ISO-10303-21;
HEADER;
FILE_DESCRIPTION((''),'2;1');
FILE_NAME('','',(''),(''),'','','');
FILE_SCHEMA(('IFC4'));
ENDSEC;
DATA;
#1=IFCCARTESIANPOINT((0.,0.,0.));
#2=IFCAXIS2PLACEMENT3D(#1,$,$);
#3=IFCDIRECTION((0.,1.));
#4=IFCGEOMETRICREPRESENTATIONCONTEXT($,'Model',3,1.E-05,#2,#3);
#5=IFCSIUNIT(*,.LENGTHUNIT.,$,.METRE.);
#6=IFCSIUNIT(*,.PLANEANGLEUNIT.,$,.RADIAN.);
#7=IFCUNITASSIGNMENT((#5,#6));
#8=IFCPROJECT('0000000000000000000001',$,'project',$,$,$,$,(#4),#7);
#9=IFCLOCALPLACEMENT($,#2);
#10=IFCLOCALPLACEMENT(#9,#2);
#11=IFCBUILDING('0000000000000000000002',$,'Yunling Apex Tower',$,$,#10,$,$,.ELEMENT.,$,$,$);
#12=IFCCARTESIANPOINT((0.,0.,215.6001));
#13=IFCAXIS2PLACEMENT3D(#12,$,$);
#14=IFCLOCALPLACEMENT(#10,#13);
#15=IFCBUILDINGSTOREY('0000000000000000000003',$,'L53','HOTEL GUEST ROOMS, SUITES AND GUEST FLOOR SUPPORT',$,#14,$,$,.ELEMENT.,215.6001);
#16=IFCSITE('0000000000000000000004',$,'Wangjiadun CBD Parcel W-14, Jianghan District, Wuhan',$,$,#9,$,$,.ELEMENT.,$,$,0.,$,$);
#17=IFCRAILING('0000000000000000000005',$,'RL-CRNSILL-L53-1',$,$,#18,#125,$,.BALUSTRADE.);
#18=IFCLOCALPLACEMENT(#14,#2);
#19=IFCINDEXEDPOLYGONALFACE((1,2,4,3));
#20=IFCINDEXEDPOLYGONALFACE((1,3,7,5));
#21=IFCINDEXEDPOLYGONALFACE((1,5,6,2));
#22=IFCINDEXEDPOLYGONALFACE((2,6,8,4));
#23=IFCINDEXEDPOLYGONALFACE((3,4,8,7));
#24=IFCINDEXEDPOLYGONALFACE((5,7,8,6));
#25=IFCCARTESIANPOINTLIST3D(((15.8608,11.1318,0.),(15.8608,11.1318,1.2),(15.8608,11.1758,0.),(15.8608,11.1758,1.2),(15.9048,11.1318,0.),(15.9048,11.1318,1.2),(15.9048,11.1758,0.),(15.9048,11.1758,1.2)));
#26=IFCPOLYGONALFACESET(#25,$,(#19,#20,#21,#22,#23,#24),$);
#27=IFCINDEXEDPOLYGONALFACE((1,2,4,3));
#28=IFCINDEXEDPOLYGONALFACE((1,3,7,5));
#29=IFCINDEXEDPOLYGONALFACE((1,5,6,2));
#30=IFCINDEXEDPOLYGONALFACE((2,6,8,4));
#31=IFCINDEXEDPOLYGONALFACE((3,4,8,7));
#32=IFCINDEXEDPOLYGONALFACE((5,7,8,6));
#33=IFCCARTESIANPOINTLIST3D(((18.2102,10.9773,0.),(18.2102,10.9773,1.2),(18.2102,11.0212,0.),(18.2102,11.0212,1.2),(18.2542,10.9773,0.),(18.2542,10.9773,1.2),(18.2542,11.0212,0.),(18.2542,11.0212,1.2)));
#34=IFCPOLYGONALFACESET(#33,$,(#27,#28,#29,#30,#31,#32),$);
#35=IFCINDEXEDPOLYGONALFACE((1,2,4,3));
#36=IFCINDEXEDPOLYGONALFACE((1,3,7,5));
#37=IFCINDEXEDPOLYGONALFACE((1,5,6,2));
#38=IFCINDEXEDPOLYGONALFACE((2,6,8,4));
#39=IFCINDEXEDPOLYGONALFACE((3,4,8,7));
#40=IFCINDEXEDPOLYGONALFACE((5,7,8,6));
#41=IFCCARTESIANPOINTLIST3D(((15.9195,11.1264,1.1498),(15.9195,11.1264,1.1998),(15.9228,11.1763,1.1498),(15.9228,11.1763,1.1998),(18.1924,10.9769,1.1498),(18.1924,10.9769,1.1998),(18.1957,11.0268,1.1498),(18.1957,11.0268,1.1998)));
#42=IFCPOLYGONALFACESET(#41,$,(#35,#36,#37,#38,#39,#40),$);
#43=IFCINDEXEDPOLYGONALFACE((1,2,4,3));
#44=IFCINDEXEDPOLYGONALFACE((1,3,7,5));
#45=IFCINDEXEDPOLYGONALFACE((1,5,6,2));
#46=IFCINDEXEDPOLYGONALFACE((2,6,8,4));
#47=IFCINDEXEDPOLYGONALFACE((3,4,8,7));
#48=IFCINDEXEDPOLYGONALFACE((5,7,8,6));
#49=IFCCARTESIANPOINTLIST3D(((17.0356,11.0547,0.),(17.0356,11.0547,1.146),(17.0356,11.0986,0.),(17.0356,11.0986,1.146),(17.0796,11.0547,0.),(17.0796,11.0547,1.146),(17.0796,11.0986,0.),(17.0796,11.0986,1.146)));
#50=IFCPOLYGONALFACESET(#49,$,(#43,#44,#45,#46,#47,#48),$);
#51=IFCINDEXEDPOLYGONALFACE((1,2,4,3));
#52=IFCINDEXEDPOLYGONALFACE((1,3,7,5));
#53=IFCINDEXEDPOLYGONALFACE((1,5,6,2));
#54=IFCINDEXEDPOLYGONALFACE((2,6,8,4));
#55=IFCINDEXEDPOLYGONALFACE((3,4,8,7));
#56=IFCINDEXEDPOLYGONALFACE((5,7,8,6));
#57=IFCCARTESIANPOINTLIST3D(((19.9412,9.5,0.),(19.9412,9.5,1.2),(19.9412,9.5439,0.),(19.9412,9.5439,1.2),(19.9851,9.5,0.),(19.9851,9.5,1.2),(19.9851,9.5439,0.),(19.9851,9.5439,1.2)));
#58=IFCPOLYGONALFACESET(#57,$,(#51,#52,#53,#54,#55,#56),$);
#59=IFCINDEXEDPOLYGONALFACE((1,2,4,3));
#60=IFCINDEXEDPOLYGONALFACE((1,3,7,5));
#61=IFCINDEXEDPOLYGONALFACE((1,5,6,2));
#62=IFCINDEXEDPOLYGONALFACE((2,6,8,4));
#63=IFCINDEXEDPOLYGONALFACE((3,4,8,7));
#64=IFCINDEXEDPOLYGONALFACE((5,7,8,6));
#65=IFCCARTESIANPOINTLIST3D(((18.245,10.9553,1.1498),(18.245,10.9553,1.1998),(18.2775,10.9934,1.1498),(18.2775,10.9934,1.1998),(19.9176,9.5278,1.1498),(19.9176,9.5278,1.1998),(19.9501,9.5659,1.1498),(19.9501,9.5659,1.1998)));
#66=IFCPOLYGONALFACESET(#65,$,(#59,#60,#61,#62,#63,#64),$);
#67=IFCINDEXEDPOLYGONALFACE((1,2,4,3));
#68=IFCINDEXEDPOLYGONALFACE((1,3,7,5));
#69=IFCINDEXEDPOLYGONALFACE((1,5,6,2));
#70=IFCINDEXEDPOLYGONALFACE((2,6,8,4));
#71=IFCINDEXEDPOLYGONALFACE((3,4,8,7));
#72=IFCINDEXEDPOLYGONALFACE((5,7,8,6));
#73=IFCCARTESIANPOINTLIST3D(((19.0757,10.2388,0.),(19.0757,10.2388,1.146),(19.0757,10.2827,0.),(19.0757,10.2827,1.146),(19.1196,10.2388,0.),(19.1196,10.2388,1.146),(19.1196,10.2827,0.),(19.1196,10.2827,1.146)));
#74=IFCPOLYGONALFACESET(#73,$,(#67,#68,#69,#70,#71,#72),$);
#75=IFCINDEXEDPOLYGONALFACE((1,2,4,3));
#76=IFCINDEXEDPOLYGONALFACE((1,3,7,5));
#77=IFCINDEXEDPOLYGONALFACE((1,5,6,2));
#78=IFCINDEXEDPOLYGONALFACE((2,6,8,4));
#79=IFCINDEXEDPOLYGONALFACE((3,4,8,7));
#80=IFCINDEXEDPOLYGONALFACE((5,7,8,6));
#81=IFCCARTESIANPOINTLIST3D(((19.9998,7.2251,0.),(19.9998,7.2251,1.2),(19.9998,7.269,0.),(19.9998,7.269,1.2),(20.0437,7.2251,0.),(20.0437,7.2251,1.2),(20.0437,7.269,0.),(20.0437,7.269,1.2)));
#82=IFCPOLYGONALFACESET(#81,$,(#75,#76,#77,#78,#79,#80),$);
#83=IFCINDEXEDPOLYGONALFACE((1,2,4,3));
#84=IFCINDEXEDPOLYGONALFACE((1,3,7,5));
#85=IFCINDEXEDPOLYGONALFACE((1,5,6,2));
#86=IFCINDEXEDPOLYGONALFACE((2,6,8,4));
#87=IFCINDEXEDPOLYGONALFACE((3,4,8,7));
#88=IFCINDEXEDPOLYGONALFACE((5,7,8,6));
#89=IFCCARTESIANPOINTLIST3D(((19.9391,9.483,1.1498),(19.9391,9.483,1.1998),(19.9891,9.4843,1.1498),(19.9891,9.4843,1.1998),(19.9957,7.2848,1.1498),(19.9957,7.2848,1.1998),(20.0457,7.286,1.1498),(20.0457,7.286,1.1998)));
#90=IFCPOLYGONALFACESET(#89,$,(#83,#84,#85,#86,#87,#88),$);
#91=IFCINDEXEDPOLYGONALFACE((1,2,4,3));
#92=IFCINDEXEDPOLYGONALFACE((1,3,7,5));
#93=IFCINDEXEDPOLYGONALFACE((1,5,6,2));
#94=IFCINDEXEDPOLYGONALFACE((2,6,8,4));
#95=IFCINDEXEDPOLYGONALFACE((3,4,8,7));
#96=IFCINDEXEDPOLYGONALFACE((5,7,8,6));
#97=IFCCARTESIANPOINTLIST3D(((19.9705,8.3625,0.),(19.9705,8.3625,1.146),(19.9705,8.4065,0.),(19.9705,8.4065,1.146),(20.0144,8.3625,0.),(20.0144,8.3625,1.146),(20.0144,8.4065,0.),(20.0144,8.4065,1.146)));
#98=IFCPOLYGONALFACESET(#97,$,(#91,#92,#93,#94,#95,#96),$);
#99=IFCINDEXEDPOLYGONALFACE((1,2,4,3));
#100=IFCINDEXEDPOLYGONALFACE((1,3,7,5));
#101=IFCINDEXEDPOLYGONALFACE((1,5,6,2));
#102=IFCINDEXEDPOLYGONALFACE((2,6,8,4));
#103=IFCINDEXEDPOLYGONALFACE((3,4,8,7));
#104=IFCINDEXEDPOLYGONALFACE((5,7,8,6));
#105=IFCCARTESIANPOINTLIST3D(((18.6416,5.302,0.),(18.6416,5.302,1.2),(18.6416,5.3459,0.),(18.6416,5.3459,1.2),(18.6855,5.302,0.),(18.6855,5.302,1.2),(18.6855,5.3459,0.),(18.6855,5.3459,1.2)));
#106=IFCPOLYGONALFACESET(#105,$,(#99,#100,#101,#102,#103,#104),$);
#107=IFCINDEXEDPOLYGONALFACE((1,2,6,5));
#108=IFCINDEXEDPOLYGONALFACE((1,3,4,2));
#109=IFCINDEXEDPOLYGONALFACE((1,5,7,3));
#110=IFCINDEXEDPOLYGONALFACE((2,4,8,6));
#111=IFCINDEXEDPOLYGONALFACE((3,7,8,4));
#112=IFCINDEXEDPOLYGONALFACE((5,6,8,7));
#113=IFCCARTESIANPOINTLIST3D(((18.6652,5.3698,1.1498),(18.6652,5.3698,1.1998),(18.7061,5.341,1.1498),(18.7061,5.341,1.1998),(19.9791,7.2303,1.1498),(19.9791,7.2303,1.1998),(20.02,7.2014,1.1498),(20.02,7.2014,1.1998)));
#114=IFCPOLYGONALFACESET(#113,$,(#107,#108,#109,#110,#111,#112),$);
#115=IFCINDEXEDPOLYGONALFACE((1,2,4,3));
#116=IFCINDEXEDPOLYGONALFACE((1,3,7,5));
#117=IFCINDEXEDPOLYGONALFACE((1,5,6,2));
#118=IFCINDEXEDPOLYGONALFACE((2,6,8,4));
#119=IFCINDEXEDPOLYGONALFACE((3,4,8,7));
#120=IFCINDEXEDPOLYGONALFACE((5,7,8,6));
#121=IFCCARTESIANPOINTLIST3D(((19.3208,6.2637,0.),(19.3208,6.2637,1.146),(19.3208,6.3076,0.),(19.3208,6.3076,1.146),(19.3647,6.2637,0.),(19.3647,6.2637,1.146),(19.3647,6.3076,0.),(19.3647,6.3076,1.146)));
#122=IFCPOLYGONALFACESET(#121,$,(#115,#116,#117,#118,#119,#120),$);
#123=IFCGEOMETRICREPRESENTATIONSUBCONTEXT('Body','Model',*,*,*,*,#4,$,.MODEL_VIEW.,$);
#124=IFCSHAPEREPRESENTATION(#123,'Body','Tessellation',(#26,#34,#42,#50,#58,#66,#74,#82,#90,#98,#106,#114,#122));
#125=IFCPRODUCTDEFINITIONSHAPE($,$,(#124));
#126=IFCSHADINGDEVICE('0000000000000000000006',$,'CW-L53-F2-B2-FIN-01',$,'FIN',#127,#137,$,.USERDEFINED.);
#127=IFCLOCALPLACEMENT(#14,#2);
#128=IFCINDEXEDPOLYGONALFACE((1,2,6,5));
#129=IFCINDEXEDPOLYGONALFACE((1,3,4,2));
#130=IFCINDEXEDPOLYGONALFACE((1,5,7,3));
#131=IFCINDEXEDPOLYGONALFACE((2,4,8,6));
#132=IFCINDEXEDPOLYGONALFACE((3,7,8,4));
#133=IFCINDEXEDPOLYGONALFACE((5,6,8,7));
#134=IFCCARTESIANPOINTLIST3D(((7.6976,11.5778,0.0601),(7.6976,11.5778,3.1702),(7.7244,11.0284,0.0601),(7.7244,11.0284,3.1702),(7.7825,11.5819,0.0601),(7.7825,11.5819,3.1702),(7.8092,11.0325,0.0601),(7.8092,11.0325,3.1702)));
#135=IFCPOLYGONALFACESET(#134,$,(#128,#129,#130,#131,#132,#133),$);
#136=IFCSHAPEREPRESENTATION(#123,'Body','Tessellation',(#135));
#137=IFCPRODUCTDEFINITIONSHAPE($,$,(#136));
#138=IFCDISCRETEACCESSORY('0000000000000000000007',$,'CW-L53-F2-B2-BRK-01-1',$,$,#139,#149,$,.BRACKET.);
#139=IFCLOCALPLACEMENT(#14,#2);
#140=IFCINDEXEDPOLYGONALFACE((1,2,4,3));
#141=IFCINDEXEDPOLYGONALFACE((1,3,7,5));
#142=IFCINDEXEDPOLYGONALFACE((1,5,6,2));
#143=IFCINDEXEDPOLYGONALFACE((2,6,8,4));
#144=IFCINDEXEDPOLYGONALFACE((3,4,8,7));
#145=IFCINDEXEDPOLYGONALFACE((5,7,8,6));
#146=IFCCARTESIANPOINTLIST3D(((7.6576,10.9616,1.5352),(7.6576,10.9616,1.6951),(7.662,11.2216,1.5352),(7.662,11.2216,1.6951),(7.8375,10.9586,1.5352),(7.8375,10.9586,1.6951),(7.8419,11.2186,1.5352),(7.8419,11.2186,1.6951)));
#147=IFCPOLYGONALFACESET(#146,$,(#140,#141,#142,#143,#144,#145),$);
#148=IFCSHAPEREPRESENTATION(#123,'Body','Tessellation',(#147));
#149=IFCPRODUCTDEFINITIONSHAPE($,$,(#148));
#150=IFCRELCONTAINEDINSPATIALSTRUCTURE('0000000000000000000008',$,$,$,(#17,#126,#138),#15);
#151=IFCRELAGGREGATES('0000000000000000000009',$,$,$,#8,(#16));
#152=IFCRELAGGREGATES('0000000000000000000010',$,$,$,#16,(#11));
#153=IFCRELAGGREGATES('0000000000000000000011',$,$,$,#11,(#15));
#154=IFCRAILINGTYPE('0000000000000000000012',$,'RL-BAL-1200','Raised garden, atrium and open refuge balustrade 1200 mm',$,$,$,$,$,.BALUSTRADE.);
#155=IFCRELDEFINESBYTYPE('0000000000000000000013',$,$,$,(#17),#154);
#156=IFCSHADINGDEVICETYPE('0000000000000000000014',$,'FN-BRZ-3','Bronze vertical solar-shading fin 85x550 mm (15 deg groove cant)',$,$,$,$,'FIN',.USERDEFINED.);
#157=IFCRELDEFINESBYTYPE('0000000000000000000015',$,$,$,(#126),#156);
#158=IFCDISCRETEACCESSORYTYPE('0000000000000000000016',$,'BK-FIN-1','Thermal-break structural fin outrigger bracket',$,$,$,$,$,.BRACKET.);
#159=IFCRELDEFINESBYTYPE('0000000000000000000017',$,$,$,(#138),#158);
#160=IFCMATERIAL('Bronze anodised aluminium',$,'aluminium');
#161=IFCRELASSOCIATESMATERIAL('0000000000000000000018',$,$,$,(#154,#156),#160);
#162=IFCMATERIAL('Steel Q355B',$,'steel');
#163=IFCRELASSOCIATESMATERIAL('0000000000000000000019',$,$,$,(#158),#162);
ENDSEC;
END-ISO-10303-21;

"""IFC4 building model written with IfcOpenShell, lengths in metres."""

from ifc_helpers import new_model, si_unit, direction, frame, origin, origin_2d, place, context, subcontext, project, spatial, rectangle, extrude, source, transform, mapped, material, material_profile, profile_set, type_object, element, save


model = new_model("IFC4")

# Units and contexts
model_context = context("Model", 3, precision=1e-05, world=origin(), true_north=direction((0.0, 1.0)))
body_context = subcontext(model_context, "Body", "Model", "MODEL_VIEW")
ifc_project = project(units=[si_unit("LENGTHUNIT", "METRE"), si_unit("PLANEANGLEUNIT", "RADIAN")], contexts=[model_context])

# Site, building, storey
site_placement = place(None, origin())
site = spatial("IfcSite", under=ifc_project, at=site_placement, Name="Wangjiadun CBD Parcel W-14, Jianghan District, Wuhan", CompositionType="ELEMENT", RefElevation=0.0)
building_placement = place(site_placement, origin())
building = spatial("IfcBuilding", under=site, at=building_placement, Name="Yunling Apex Tower", CompositionType="ELEMENT")
storey_placement = place(building_placement, frame((0.0, 0.0, 215.6001)))
storey = spatial("IfcBuildingStorey", under=building, at=storey_placement, Name="L53", Description="HOTEL GUEST ROOMS, SUITES AND GUEST FLOOR SUPPORT", CompositionType="ELEMENT", Elevation=215.6001)

# Shared definitions
ifc_material_1 = material(Name="Steel Q355B", Category="steel")

# Shared definitions
ifc_material_2 = material(Name="Bronze anodised aluminium", Category="aluminium")

# Railing
railing_type = type_object("IfcRailingType", Name="RL-BAL-1200", Description="Raised garden, atrium and open refuge balustrade 1200 mm", PredefinedType="BALUSTRADE", material=ifc_material_2)
railing_placement = place(storey_placement, frame((15.8828, 11.1538, 0.0)))
element("IfcRailing", 1, at=railing_placement, inside=storey, type_object=railing_type, Name="RL-CRNSILL-L53-1", PredefinedType="BALUSTRADE", context=body_context, shape_type="SweptSolid", body=[
    extrude(rectangle(XDim=0.0439, YDim=0.0439, at=origin_2d()), origin(), (0.0, 0.0, 1.0), 1.2),
    extrude(rectangle(XDim=0.0439, YDim=0.0439, at=origin_2d()), frame((2.3494, -0.1545, 0.0)), (0.0, 0.0, 1.0), 1.2),
    extrude(rectangle(XDim=0.05, YDim=0.05, at=origin_2d()), frame((0.0383, -0.0024, 1.1748), z_axis=(0.997843, -0.065638, 0.0), x_axis=(0.065638, 0.997843, 0.0)), (0.0, 0.0, 1.0), 2.2778),
    extrude(rectangle(XDim=0.0439, YDim=0.0439, at=origin_2d()), frame((1.1748, -0.0771, 0.0)), (0.0, 0.0, 1.0), 1.146),
    extrude(rectangle(XDim=0.0439, YDim=0.0439, at=origin_2d()), frame((4.0803, -1.6318, 0.0)), (0.0, 0.0, 1.0), 1.2),
    extrude(rectangle(XDim=0.05, YDim=0.05, at=origin_2d()), frame((2.3784, -0.1794, 1.1748), z_axis=(0.760641, -0.649173, 0.0), x_axis=(0.649173, 0.760641, 0.0)), (0.0, 0.0, 1.0), 2.199),
    extrude(rectangle(XDim=0.0439, YDim=0.0439, at=origin_2d()), frame((3.2148, -0.8931, 0.0)), (0.0, 0.0, 1.0), 1.146),
    extrude(rectangle(XDim=0.0439, YDim=0.0439, at=origin_2d()), frame((4.1389, -3.9067, 0.0)), (0.0, 0.0, 1.0), 1.2),
    extrude(rectangle(XDim=0.05, YDim=0.05, at=origin_2d()), frame((4.0813, -1.6702, 1.1748), z_axis=(0.025748, -0.999668, 0.0), x_axis=(0.999668, 0.025748, 0.0)), (0.0, 0.0, 1.0), 2.199),
    extrude(rectangle(XDim=0.0439, YDim=0.0439, at=origin_2d()), frame((4.1096, -2.7693, 0.0)), (0.0, 0.0, 1.0), 1.146),
    extrude(rectangle(XDim=0.0439, YDim=0.0439, at=origin_2d()), frame((2.7808, -5.8298, 0.0)), (0.0, 0.0, 1.0), 1.2),
    extrude(rectangle(XDim=0.05, YDim=0.05, at=origin_2d()), frame((4.1167, -3.938, 1.1748), z_axis=(-0.576875, -0.816833, 0.0), x_axis=(0.816833, -0.576875, 0.0)), (0.0, 0.0, 1.0), 2.2776),
    extrude(rectangle(XDim=0.0439, YDim=0.0439, at=origin_2d()), frame((3.46, -4.8682, 0.0)), (0.0, 0.0, 1.0), 1.146),
])

# Shading device
ifc_material_profile_1 = material_profile(ifc_material_2, rectangle(XDim=0.085, YDim=0.55, at=origin_2d()))
ifc_profile_set_1 = profile_set([ifc_material_profile_1], Name="Bronze anodised aluminium")
shading_device_type = type_object("IfcShadingDeviceType", Name="FN-BRZ-3", Description="Bronze vertical solar-shading fin 85x550 mm (15 deg groove cant)", ElementType="FIN", PredefinedType="USERDEFINED", material=ifc_profile_set_1)
shared_shape_1 = source(origin(), body_context, "Body", "SweptSolid", [
    extrude(rectangle(XDim=0.085, YDim=0.55, at=origin_2d()), origin(), (0.0, 0.0, 1.0), 3.1101),
])
shading_device_placement = place(storey_placement, frame((7.7534, 11.3052, 0.0601), z_axis=(0.0, 0.0, 1.0), x_axis=(-0.998815, -0.048675, 0.0)))
element("IfcShadingDevice", 2, at=shading_device_placement, inside=storey, type_object=shading_device_type, Name="CW-L53-F2-B2-FIN-01", ObjectType="FIN", PredefinedType="USERDEFINED", context=body_context, shape_type="MappedRepresentation", body=[
    mapped(shared_shape_1, transform((0.0, 0.0, 0.0), scale=1.0)),
])

# Discrete accessory
discrete_accessory_type = type_object("IfcDiscreteAccessoryType", Name="BK-FIN-1", Description="Thermal-break structural fin outrigger bracket", PredefinedType="BRACKET", material=ifc_material_1)
shared_shape_2 = source(origin(), body_context, "Body", "SweptSolid", [
    extrude(rectangle(XDim=0.1799, YDim=0.26, at=origin_2d()), origin(), (0.0, 0.0, 1.0), 0.1599),
])
discrete_accessory_placement = place(storey_placement, frame((7.7498, 11.0901, 1.5352), z_axis=(0.0, 0.0, 1.0), x_axis=(-0.99986, 0.016754, 0.0)))
element("IfcDiscreteAccessory", 3, at=discrete_accessory_placement, inside=storey, type_object=discrete_accessory_type, Name="CW-L53-F2-B2-BRK-01-1", PredefinedType="BRACKET", context=body_context, shape_type="MappedRepresentation", body=[
    mapped(shared_shape_2, transform((0.0, 0.0, 0.0), scale=1.0)),
])

save(model, "model.ifc")
